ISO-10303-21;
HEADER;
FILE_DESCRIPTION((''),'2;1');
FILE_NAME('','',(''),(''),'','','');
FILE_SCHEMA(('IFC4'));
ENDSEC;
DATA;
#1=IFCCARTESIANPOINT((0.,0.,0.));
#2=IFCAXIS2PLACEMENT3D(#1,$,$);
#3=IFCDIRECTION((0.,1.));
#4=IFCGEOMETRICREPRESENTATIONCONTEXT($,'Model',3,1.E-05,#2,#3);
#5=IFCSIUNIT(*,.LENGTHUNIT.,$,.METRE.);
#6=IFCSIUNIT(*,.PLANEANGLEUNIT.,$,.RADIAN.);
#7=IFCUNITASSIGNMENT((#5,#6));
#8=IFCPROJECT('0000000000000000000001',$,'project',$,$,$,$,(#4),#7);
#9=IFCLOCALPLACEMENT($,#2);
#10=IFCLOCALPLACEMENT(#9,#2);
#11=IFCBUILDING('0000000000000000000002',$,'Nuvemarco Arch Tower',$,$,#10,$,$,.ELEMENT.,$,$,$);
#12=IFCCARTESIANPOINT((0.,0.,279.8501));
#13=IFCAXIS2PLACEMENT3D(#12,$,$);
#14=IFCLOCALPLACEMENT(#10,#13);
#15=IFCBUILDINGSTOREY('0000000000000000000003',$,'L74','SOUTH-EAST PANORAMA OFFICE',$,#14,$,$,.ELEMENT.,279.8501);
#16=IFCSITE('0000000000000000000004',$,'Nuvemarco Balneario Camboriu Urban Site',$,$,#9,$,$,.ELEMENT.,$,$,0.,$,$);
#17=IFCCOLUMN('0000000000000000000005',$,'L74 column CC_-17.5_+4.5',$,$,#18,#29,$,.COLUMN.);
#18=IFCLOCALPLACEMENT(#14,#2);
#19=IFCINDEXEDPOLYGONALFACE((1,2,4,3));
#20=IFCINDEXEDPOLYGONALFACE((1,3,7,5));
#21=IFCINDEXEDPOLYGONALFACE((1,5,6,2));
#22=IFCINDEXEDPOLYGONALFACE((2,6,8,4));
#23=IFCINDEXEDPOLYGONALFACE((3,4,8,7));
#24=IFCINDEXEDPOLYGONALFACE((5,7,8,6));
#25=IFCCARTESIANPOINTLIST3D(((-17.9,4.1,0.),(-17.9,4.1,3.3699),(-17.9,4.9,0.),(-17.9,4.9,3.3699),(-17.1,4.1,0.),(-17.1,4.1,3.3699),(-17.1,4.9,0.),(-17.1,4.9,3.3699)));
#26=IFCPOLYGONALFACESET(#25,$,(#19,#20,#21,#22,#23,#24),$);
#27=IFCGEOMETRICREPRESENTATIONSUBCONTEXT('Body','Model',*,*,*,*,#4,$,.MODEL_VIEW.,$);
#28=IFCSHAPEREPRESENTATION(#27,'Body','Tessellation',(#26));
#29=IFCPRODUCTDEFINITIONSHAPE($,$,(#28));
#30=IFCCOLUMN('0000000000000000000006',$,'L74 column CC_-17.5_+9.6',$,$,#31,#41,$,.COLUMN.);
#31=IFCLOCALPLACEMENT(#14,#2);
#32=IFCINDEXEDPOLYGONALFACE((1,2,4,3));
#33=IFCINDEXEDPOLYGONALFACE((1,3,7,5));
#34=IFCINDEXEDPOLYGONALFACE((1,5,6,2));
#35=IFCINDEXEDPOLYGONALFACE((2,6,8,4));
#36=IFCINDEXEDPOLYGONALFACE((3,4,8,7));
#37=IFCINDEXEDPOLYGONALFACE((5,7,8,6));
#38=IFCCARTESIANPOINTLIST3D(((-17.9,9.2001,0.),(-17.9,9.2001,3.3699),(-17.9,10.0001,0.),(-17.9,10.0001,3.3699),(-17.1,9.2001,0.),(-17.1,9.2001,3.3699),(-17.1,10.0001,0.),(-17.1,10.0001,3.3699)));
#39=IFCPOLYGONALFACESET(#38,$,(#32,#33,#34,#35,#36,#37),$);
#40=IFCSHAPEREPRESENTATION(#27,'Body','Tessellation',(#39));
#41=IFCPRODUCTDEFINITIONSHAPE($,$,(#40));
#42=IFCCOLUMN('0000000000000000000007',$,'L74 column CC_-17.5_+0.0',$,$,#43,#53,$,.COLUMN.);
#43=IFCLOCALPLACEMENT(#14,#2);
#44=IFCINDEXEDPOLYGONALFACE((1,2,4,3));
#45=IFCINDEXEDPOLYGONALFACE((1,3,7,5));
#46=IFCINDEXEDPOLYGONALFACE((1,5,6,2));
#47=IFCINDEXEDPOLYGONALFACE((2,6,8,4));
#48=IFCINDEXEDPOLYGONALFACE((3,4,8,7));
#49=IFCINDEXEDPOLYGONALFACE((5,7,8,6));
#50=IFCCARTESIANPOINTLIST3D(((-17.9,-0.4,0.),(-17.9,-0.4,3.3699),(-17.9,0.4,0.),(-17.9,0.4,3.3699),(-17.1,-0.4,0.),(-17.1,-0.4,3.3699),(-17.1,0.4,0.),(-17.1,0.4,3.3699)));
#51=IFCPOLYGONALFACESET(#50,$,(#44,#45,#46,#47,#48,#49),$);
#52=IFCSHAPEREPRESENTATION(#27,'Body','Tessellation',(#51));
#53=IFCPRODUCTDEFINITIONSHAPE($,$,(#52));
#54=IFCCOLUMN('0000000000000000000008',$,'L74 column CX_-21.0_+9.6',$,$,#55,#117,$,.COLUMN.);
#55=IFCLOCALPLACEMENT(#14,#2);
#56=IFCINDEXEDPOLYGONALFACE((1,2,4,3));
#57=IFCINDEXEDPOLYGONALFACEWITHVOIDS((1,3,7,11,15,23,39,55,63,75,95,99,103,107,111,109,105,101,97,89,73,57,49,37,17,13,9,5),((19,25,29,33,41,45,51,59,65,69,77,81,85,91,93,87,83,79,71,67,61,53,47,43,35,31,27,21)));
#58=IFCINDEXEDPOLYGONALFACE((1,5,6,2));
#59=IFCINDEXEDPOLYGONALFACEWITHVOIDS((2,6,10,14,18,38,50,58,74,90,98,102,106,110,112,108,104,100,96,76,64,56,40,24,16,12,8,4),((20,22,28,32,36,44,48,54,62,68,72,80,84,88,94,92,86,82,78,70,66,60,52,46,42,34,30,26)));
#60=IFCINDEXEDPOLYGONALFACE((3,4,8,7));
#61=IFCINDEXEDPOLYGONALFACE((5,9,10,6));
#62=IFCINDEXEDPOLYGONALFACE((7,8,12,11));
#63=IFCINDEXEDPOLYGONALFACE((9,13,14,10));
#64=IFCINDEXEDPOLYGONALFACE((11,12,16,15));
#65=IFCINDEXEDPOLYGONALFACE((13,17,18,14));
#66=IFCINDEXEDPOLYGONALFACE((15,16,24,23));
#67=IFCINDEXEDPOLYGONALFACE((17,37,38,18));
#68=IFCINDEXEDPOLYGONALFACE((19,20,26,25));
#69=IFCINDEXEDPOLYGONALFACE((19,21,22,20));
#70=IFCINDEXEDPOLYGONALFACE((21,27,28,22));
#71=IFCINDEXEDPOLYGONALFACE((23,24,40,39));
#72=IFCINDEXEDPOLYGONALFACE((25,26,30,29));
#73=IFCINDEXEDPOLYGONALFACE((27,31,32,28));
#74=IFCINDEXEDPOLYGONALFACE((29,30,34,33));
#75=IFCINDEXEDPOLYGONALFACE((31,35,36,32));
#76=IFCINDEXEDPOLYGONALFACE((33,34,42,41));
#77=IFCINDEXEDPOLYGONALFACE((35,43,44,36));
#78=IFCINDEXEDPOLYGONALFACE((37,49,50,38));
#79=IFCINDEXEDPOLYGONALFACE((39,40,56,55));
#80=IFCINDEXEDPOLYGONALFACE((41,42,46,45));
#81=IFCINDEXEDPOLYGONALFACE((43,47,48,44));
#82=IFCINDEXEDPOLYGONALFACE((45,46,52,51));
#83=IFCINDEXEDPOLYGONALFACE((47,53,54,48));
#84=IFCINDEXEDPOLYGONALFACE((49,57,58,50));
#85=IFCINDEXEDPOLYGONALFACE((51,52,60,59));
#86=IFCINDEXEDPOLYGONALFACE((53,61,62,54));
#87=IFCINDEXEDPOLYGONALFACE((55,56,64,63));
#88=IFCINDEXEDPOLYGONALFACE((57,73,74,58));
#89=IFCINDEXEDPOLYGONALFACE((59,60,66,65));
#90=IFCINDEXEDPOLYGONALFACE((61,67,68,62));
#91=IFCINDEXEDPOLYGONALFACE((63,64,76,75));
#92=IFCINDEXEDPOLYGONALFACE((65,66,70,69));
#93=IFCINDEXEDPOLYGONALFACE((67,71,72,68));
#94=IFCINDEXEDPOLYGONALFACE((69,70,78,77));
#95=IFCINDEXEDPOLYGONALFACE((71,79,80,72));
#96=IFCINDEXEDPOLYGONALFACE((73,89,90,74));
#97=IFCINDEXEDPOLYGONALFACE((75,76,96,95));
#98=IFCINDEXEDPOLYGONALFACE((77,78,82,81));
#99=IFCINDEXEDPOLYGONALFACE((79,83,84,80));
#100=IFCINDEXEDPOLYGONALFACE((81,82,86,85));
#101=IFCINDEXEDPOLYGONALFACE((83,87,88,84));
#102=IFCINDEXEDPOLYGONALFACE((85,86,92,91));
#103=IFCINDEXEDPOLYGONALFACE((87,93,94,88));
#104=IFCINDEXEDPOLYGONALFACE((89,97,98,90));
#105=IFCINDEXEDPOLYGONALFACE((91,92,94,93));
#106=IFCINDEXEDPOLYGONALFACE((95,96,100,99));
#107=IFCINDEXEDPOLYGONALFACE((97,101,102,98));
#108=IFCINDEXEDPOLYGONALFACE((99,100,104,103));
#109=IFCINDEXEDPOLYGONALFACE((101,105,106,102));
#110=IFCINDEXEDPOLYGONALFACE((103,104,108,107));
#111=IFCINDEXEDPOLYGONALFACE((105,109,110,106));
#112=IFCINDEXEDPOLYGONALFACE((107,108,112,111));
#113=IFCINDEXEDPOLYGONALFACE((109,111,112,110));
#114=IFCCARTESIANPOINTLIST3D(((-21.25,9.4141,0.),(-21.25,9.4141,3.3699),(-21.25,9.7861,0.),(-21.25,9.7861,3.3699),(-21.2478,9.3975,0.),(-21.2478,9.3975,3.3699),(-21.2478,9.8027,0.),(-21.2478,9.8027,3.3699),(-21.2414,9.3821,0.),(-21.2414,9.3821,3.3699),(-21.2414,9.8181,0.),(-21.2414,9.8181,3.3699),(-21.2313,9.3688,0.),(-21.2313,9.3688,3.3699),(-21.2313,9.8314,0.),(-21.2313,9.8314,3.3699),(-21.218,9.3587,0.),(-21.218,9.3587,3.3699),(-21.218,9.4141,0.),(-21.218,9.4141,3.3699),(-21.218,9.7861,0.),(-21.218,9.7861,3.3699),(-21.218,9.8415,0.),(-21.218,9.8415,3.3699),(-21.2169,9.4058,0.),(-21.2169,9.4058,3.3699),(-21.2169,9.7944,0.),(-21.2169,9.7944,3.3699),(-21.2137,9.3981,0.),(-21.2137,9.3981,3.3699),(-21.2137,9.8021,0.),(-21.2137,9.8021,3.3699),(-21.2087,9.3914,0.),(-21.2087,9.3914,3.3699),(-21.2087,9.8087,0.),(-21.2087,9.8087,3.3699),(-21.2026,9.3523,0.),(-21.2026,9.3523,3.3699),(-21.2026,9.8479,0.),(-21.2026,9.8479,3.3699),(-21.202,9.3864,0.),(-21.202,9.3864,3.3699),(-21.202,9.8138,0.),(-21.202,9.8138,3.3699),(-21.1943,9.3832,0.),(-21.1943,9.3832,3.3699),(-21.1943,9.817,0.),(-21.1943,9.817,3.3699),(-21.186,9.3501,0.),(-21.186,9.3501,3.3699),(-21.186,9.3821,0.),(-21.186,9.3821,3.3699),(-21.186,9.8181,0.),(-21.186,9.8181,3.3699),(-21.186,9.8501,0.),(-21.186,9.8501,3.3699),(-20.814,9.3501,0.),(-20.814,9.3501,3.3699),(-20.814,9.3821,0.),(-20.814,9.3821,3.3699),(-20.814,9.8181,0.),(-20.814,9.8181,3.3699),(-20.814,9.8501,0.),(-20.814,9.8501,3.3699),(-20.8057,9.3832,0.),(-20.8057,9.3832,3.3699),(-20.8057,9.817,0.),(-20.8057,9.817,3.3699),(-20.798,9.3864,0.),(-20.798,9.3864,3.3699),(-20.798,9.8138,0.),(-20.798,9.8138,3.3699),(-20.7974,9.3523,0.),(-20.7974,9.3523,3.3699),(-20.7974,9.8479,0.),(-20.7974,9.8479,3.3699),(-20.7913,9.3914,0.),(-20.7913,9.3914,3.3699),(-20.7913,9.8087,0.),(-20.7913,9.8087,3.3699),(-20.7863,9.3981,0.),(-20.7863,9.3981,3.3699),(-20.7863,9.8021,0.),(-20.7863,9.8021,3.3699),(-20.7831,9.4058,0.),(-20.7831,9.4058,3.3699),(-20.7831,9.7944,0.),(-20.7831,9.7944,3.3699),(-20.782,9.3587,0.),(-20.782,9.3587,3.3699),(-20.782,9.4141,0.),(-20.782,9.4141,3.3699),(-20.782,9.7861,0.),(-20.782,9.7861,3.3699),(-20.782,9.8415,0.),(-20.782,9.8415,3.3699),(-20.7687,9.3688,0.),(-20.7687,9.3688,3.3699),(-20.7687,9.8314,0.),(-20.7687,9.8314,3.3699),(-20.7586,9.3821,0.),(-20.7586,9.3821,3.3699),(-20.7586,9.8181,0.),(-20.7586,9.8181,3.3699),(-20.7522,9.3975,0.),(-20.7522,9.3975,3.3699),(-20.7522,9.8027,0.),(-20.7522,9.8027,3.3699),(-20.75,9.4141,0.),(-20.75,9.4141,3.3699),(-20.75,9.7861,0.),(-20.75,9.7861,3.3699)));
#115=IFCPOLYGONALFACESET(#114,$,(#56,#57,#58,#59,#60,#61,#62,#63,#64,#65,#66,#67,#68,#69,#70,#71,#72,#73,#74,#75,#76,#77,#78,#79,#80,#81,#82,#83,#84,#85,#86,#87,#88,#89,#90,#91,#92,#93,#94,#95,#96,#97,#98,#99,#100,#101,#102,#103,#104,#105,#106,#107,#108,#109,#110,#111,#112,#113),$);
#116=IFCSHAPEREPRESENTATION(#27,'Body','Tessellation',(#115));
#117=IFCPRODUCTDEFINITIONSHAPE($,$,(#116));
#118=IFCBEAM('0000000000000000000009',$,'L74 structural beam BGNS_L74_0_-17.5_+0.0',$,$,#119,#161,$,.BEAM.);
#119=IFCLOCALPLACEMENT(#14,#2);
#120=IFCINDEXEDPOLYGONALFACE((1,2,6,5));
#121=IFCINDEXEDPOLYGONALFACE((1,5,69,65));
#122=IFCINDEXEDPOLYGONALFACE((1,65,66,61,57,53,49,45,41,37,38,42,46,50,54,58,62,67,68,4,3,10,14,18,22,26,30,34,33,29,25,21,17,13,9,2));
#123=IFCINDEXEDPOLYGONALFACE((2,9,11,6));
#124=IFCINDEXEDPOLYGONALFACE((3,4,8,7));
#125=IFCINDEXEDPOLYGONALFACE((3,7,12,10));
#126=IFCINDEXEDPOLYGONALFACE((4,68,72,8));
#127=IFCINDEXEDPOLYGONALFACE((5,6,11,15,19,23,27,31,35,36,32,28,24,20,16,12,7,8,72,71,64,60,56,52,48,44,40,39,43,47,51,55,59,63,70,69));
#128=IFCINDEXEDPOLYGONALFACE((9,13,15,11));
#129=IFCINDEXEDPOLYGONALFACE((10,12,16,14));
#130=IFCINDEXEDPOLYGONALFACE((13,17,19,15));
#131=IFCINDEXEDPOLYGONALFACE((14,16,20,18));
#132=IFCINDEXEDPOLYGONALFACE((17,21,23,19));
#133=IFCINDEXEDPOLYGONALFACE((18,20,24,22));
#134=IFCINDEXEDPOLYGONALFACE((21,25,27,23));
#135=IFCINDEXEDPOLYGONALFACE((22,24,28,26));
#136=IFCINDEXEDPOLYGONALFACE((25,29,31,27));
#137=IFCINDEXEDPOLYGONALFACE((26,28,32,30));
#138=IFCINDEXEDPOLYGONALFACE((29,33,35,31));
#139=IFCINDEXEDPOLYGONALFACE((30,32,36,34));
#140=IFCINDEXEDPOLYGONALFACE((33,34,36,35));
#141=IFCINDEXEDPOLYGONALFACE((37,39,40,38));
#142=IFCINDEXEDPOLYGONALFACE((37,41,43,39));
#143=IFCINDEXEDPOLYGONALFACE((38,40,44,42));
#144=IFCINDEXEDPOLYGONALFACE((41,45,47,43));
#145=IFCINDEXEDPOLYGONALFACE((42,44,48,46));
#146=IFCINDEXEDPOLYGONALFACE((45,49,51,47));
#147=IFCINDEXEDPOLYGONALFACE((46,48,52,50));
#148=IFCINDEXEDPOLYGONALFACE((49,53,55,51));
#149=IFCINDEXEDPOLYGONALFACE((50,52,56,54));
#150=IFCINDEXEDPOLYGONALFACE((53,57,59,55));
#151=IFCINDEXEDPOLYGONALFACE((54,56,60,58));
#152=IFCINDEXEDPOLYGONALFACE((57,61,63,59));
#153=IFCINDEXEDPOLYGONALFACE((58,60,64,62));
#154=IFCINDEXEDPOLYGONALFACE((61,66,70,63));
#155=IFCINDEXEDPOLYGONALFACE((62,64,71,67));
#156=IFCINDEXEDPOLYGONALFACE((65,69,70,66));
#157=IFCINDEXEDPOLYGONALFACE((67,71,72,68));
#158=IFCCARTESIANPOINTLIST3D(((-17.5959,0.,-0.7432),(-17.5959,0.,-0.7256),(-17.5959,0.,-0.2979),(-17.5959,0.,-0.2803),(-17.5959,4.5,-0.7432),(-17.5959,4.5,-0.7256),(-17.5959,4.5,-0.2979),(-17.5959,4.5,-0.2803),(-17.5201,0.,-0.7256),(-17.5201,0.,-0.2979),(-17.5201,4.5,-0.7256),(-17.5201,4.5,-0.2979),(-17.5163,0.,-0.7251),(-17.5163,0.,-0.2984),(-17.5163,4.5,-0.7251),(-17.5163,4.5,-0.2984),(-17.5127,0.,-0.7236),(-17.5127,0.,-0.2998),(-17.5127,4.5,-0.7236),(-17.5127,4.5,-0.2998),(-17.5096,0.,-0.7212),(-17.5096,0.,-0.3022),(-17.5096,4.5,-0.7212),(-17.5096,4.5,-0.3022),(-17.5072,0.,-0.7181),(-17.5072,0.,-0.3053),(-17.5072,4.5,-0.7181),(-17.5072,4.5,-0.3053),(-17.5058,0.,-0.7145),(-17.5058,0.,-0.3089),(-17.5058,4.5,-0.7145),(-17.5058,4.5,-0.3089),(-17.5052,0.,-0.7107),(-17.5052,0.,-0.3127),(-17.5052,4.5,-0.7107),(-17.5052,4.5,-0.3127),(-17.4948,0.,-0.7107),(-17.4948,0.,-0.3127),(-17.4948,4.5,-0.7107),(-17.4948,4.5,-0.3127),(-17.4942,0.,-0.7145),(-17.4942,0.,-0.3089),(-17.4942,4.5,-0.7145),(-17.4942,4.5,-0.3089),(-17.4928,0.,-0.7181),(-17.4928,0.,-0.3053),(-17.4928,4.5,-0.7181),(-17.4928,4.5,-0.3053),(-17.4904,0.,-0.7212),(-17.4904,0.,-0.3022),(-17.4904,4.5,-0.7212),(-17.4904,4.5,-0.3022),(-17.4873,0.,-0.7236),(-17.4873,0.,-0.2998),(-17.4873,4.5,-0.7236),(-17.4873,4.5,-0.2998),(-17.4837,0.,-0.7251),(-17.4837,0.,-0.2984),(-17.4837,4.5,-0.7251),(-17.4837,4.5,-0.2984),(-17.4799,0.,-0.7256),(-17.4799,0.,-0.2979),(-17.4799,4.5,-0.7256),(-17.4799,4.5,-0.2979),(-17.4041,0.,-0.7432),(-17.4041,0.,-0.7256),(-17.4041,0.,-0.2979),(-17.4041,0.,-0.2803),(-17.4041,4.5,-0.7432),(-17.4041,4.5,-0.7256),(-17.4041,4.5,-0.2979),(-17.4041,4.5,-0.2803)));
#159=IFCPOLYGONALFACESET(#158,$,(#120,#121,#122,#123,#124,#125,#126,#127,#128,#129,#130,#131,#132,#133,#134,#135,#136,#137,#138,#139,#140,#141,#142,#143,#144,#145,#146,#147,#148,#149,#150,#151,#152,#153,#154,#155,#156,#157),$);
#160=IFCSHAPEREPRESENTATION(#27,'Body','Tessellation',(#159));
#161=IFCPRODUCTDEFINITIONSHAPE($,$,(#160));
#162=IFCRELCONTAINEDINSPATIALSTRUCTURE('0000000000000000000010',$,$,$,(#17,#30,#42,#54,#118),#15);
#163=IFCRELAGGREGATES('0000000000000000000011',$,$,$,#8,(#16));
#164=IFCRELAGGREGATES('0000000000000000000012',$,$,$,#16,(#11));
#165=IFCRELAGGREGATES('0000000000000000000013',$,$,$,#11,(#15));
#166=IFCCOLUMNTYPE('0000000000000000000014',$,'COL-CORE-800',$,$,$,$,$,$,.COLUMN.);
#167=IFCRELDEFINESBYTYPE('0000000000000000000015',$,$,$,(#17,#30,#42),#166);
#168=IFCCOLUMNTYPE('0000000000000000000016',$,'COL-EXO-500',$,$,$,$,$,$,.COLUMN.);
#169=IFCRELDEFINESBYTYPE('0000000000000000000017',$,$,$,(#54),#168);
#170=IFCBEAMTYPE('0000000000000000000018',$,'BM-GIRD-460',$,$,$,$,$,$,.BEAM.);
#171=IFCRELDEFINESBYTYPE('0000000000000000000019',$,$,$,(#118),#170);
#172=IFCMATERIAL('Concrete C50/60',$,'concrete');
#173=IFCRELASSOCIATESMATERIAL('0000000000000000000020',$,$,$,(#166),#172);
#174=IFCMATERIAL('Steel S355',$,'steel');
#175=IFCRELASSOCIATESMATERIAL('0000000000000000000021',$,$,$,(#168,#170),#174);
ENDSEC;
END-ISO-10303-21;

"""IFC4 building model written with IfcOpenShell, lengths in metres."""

from ifc_helpers import new_model, si_unit, direction, frame, origin, origin_2d, place, context, subcontext, project, spatial, rectangle, hollow_rectangle, i_section, extrude, material, material_profile, profile_set, type_object, element, save


model = new_model("IFC4")

# Units and contexts
model_context = context("Model", 3, precision=1e-05, world=origin(), true_north=direction((0.0, 1.0)))
body_context = subcontext(model_context, "Body", "Model", "MODEL_VIEW")
ifc_project = project(units=[si_unit("LENGTHUNIT", "METRE"), si_unit("PLANEANGLEUNIT", "RADIAN")], contexts=[model_context])

# Site, building, storey
site_placement = place(None, origin())
site = spatial("IfcSite", under=ifc_project, at=site_placement, Name="Nuvemarco Balneario Camboriu Urban Site", CompositionType="ELEMENT", RefElevation=0.0)
building_placement = place(site_placement, origin())
building = spatial("IfcBuilding", under=site, at=building_placement, Name="Nuvemarco Arch Tower", CompositionType="ELEMENT")
storey_placement = place(building_placement, frame((0.0, 0.0, 279.8501)))
storey = spatial("IfcBuildingStorey", under=building, at=storey_placement, Name="L74", Description="SOUTH-EAST PANORAMA OFFICE", CompositionType="ELEMENT", Elevation=279.8501)

# Columns
ifc_material_1 = material(Name="Concrete C50/60", Category="concrete")
ifc_material_profile_1 = material_profile(ifc_material_1, rectangle(XDim=0.8, YDim=0.8, at=origin_2d()), Name="RC-COL-800x800")
ifc_profile_set_1 = profile_set([ifc_material_profile_1], Name="Concrete C50/60")
column_type_1 = type_object("IfcColumnType", Name="COL-CORE-800", PredefinedType="COLUMN", material=ifc_profile_set_1)
for number, where, z_axis, x_axis, name in (
    (1, (-17.5, 4.5, 0.0), (0.0, 0.0, 1.0), (1.0, 0.0, 0.0), "L74 column CC_-17.5_+4.5"),
    (2, (-17.5, 9.6001, 0.0), (0.0, 0.0, 1.0), (1.0, 0.0, 0.0), "L74 column CC_-17.5_+9.6"),
    (3, (-17.5, 0.0, 0.0), (0.0, 0.0, 1.0), (1.0, 0.0, 0.0), "L74 column CC_-17.5_+0.0"),
):
    element("IfcColumn", number, at=place(storey_placement, frame(where, z_axis=z_axis, x_axis=x_axis)), inside=storey, type_object=column_type_1, Name=name, PredefinedType="COLUMN", context=body_context, shape_type="SweptSolid", body=[
        extrude(rectangle(XDim=0.8, YDim=0.8, at=origin_2d()), origin(), (0.0, 0.0, 1.0), 3.3699),
    ])
ifc_material_2 = material(Name="Steel S355", Category="steel")
ifc_material_profile_2 = material_profile(ifc_material_2, hollow_rectangle(XDim=0.5, YDim=0.5, WallThickness=0.032, InnerFilletRadius=0.032, OuterFilletRadius=0.064, at=origin_2d()), Name="SHS500x500x32")
ifc_profile_set_2 = profile_set([ifc_material_profile_2], Name="Steel S355")
column_type_2 = type_object("IfcColumnType", Name="COL-EXO-500", PredefinedType="COLUMN", material=ifc_profile_set_2)
column_placement = place(storey_placement, frame((-21.0, 9.6001, 0.0), z_axis=(0.0, 0.0, 1.0), x_axis=(1.0, 0.0, 0.0)))
element("IfcColumn", 4, at=column_placement, inside=storey, type_object=column_type_2, Name="L74 column CX_-21.0_+9.6", PredefinedType="COLUMN", context=body_context, shape_type="SweptSolid", body=[
    extrude(hollow_rectangle(XDim=0.5, YDim=0.5, WallThickness=0.032, InnerFilletRadius=0.032, OuterFilletRadius=0.064, at=origin_2d()), origin(), (0.0, 0.0, 1.0), 3.3699),
])

# Beam
ifc_material_profile_3 = material_profile(ifc_material_2, i_section(OverallWidth=0.1919, OverallDepth=0.4629, WebThickness=0.0105, FlangeThickness=0.0176, FilletRadius=0.0149, at=origin_2d()), Name="W460x89")
ifc_profile_set_3 = profile_set([ifc_material_profile_3], Name="Steel S355")
beam_type_1 = type_object("IfcBeamType", Name="BM-GIRD-460", PredefinedType="BEAM", material=ifc_profile_set_3)
beam_1_placement = place(storey_placement, frame((-17.5, 0.0, -0.5117), z_axis=(0.0, 1.0, 0.0), x_axis=(-1.0, 0.0, 0.0)))
element("IfcBeam", 5, at=beam_1_placement, inside=storey, type_object=beam_type_1, Name="L74 structural beam BGNS_L74_0_-17.5_+0.0", PredefinedType="BEAM", context=body_context, shape_type="SweptSolid", body=[
    extrude(i_section(OverallWidth=0.1919, OverallDepth=0.4629, WebThickness=0.0105, FlangeThickness=0.0176, FilletRadius=0.0149, at=origin_2d()), origin(), (0.0, 0.0, 1.0), 4.5),
])

save(model, "model.ifc")
